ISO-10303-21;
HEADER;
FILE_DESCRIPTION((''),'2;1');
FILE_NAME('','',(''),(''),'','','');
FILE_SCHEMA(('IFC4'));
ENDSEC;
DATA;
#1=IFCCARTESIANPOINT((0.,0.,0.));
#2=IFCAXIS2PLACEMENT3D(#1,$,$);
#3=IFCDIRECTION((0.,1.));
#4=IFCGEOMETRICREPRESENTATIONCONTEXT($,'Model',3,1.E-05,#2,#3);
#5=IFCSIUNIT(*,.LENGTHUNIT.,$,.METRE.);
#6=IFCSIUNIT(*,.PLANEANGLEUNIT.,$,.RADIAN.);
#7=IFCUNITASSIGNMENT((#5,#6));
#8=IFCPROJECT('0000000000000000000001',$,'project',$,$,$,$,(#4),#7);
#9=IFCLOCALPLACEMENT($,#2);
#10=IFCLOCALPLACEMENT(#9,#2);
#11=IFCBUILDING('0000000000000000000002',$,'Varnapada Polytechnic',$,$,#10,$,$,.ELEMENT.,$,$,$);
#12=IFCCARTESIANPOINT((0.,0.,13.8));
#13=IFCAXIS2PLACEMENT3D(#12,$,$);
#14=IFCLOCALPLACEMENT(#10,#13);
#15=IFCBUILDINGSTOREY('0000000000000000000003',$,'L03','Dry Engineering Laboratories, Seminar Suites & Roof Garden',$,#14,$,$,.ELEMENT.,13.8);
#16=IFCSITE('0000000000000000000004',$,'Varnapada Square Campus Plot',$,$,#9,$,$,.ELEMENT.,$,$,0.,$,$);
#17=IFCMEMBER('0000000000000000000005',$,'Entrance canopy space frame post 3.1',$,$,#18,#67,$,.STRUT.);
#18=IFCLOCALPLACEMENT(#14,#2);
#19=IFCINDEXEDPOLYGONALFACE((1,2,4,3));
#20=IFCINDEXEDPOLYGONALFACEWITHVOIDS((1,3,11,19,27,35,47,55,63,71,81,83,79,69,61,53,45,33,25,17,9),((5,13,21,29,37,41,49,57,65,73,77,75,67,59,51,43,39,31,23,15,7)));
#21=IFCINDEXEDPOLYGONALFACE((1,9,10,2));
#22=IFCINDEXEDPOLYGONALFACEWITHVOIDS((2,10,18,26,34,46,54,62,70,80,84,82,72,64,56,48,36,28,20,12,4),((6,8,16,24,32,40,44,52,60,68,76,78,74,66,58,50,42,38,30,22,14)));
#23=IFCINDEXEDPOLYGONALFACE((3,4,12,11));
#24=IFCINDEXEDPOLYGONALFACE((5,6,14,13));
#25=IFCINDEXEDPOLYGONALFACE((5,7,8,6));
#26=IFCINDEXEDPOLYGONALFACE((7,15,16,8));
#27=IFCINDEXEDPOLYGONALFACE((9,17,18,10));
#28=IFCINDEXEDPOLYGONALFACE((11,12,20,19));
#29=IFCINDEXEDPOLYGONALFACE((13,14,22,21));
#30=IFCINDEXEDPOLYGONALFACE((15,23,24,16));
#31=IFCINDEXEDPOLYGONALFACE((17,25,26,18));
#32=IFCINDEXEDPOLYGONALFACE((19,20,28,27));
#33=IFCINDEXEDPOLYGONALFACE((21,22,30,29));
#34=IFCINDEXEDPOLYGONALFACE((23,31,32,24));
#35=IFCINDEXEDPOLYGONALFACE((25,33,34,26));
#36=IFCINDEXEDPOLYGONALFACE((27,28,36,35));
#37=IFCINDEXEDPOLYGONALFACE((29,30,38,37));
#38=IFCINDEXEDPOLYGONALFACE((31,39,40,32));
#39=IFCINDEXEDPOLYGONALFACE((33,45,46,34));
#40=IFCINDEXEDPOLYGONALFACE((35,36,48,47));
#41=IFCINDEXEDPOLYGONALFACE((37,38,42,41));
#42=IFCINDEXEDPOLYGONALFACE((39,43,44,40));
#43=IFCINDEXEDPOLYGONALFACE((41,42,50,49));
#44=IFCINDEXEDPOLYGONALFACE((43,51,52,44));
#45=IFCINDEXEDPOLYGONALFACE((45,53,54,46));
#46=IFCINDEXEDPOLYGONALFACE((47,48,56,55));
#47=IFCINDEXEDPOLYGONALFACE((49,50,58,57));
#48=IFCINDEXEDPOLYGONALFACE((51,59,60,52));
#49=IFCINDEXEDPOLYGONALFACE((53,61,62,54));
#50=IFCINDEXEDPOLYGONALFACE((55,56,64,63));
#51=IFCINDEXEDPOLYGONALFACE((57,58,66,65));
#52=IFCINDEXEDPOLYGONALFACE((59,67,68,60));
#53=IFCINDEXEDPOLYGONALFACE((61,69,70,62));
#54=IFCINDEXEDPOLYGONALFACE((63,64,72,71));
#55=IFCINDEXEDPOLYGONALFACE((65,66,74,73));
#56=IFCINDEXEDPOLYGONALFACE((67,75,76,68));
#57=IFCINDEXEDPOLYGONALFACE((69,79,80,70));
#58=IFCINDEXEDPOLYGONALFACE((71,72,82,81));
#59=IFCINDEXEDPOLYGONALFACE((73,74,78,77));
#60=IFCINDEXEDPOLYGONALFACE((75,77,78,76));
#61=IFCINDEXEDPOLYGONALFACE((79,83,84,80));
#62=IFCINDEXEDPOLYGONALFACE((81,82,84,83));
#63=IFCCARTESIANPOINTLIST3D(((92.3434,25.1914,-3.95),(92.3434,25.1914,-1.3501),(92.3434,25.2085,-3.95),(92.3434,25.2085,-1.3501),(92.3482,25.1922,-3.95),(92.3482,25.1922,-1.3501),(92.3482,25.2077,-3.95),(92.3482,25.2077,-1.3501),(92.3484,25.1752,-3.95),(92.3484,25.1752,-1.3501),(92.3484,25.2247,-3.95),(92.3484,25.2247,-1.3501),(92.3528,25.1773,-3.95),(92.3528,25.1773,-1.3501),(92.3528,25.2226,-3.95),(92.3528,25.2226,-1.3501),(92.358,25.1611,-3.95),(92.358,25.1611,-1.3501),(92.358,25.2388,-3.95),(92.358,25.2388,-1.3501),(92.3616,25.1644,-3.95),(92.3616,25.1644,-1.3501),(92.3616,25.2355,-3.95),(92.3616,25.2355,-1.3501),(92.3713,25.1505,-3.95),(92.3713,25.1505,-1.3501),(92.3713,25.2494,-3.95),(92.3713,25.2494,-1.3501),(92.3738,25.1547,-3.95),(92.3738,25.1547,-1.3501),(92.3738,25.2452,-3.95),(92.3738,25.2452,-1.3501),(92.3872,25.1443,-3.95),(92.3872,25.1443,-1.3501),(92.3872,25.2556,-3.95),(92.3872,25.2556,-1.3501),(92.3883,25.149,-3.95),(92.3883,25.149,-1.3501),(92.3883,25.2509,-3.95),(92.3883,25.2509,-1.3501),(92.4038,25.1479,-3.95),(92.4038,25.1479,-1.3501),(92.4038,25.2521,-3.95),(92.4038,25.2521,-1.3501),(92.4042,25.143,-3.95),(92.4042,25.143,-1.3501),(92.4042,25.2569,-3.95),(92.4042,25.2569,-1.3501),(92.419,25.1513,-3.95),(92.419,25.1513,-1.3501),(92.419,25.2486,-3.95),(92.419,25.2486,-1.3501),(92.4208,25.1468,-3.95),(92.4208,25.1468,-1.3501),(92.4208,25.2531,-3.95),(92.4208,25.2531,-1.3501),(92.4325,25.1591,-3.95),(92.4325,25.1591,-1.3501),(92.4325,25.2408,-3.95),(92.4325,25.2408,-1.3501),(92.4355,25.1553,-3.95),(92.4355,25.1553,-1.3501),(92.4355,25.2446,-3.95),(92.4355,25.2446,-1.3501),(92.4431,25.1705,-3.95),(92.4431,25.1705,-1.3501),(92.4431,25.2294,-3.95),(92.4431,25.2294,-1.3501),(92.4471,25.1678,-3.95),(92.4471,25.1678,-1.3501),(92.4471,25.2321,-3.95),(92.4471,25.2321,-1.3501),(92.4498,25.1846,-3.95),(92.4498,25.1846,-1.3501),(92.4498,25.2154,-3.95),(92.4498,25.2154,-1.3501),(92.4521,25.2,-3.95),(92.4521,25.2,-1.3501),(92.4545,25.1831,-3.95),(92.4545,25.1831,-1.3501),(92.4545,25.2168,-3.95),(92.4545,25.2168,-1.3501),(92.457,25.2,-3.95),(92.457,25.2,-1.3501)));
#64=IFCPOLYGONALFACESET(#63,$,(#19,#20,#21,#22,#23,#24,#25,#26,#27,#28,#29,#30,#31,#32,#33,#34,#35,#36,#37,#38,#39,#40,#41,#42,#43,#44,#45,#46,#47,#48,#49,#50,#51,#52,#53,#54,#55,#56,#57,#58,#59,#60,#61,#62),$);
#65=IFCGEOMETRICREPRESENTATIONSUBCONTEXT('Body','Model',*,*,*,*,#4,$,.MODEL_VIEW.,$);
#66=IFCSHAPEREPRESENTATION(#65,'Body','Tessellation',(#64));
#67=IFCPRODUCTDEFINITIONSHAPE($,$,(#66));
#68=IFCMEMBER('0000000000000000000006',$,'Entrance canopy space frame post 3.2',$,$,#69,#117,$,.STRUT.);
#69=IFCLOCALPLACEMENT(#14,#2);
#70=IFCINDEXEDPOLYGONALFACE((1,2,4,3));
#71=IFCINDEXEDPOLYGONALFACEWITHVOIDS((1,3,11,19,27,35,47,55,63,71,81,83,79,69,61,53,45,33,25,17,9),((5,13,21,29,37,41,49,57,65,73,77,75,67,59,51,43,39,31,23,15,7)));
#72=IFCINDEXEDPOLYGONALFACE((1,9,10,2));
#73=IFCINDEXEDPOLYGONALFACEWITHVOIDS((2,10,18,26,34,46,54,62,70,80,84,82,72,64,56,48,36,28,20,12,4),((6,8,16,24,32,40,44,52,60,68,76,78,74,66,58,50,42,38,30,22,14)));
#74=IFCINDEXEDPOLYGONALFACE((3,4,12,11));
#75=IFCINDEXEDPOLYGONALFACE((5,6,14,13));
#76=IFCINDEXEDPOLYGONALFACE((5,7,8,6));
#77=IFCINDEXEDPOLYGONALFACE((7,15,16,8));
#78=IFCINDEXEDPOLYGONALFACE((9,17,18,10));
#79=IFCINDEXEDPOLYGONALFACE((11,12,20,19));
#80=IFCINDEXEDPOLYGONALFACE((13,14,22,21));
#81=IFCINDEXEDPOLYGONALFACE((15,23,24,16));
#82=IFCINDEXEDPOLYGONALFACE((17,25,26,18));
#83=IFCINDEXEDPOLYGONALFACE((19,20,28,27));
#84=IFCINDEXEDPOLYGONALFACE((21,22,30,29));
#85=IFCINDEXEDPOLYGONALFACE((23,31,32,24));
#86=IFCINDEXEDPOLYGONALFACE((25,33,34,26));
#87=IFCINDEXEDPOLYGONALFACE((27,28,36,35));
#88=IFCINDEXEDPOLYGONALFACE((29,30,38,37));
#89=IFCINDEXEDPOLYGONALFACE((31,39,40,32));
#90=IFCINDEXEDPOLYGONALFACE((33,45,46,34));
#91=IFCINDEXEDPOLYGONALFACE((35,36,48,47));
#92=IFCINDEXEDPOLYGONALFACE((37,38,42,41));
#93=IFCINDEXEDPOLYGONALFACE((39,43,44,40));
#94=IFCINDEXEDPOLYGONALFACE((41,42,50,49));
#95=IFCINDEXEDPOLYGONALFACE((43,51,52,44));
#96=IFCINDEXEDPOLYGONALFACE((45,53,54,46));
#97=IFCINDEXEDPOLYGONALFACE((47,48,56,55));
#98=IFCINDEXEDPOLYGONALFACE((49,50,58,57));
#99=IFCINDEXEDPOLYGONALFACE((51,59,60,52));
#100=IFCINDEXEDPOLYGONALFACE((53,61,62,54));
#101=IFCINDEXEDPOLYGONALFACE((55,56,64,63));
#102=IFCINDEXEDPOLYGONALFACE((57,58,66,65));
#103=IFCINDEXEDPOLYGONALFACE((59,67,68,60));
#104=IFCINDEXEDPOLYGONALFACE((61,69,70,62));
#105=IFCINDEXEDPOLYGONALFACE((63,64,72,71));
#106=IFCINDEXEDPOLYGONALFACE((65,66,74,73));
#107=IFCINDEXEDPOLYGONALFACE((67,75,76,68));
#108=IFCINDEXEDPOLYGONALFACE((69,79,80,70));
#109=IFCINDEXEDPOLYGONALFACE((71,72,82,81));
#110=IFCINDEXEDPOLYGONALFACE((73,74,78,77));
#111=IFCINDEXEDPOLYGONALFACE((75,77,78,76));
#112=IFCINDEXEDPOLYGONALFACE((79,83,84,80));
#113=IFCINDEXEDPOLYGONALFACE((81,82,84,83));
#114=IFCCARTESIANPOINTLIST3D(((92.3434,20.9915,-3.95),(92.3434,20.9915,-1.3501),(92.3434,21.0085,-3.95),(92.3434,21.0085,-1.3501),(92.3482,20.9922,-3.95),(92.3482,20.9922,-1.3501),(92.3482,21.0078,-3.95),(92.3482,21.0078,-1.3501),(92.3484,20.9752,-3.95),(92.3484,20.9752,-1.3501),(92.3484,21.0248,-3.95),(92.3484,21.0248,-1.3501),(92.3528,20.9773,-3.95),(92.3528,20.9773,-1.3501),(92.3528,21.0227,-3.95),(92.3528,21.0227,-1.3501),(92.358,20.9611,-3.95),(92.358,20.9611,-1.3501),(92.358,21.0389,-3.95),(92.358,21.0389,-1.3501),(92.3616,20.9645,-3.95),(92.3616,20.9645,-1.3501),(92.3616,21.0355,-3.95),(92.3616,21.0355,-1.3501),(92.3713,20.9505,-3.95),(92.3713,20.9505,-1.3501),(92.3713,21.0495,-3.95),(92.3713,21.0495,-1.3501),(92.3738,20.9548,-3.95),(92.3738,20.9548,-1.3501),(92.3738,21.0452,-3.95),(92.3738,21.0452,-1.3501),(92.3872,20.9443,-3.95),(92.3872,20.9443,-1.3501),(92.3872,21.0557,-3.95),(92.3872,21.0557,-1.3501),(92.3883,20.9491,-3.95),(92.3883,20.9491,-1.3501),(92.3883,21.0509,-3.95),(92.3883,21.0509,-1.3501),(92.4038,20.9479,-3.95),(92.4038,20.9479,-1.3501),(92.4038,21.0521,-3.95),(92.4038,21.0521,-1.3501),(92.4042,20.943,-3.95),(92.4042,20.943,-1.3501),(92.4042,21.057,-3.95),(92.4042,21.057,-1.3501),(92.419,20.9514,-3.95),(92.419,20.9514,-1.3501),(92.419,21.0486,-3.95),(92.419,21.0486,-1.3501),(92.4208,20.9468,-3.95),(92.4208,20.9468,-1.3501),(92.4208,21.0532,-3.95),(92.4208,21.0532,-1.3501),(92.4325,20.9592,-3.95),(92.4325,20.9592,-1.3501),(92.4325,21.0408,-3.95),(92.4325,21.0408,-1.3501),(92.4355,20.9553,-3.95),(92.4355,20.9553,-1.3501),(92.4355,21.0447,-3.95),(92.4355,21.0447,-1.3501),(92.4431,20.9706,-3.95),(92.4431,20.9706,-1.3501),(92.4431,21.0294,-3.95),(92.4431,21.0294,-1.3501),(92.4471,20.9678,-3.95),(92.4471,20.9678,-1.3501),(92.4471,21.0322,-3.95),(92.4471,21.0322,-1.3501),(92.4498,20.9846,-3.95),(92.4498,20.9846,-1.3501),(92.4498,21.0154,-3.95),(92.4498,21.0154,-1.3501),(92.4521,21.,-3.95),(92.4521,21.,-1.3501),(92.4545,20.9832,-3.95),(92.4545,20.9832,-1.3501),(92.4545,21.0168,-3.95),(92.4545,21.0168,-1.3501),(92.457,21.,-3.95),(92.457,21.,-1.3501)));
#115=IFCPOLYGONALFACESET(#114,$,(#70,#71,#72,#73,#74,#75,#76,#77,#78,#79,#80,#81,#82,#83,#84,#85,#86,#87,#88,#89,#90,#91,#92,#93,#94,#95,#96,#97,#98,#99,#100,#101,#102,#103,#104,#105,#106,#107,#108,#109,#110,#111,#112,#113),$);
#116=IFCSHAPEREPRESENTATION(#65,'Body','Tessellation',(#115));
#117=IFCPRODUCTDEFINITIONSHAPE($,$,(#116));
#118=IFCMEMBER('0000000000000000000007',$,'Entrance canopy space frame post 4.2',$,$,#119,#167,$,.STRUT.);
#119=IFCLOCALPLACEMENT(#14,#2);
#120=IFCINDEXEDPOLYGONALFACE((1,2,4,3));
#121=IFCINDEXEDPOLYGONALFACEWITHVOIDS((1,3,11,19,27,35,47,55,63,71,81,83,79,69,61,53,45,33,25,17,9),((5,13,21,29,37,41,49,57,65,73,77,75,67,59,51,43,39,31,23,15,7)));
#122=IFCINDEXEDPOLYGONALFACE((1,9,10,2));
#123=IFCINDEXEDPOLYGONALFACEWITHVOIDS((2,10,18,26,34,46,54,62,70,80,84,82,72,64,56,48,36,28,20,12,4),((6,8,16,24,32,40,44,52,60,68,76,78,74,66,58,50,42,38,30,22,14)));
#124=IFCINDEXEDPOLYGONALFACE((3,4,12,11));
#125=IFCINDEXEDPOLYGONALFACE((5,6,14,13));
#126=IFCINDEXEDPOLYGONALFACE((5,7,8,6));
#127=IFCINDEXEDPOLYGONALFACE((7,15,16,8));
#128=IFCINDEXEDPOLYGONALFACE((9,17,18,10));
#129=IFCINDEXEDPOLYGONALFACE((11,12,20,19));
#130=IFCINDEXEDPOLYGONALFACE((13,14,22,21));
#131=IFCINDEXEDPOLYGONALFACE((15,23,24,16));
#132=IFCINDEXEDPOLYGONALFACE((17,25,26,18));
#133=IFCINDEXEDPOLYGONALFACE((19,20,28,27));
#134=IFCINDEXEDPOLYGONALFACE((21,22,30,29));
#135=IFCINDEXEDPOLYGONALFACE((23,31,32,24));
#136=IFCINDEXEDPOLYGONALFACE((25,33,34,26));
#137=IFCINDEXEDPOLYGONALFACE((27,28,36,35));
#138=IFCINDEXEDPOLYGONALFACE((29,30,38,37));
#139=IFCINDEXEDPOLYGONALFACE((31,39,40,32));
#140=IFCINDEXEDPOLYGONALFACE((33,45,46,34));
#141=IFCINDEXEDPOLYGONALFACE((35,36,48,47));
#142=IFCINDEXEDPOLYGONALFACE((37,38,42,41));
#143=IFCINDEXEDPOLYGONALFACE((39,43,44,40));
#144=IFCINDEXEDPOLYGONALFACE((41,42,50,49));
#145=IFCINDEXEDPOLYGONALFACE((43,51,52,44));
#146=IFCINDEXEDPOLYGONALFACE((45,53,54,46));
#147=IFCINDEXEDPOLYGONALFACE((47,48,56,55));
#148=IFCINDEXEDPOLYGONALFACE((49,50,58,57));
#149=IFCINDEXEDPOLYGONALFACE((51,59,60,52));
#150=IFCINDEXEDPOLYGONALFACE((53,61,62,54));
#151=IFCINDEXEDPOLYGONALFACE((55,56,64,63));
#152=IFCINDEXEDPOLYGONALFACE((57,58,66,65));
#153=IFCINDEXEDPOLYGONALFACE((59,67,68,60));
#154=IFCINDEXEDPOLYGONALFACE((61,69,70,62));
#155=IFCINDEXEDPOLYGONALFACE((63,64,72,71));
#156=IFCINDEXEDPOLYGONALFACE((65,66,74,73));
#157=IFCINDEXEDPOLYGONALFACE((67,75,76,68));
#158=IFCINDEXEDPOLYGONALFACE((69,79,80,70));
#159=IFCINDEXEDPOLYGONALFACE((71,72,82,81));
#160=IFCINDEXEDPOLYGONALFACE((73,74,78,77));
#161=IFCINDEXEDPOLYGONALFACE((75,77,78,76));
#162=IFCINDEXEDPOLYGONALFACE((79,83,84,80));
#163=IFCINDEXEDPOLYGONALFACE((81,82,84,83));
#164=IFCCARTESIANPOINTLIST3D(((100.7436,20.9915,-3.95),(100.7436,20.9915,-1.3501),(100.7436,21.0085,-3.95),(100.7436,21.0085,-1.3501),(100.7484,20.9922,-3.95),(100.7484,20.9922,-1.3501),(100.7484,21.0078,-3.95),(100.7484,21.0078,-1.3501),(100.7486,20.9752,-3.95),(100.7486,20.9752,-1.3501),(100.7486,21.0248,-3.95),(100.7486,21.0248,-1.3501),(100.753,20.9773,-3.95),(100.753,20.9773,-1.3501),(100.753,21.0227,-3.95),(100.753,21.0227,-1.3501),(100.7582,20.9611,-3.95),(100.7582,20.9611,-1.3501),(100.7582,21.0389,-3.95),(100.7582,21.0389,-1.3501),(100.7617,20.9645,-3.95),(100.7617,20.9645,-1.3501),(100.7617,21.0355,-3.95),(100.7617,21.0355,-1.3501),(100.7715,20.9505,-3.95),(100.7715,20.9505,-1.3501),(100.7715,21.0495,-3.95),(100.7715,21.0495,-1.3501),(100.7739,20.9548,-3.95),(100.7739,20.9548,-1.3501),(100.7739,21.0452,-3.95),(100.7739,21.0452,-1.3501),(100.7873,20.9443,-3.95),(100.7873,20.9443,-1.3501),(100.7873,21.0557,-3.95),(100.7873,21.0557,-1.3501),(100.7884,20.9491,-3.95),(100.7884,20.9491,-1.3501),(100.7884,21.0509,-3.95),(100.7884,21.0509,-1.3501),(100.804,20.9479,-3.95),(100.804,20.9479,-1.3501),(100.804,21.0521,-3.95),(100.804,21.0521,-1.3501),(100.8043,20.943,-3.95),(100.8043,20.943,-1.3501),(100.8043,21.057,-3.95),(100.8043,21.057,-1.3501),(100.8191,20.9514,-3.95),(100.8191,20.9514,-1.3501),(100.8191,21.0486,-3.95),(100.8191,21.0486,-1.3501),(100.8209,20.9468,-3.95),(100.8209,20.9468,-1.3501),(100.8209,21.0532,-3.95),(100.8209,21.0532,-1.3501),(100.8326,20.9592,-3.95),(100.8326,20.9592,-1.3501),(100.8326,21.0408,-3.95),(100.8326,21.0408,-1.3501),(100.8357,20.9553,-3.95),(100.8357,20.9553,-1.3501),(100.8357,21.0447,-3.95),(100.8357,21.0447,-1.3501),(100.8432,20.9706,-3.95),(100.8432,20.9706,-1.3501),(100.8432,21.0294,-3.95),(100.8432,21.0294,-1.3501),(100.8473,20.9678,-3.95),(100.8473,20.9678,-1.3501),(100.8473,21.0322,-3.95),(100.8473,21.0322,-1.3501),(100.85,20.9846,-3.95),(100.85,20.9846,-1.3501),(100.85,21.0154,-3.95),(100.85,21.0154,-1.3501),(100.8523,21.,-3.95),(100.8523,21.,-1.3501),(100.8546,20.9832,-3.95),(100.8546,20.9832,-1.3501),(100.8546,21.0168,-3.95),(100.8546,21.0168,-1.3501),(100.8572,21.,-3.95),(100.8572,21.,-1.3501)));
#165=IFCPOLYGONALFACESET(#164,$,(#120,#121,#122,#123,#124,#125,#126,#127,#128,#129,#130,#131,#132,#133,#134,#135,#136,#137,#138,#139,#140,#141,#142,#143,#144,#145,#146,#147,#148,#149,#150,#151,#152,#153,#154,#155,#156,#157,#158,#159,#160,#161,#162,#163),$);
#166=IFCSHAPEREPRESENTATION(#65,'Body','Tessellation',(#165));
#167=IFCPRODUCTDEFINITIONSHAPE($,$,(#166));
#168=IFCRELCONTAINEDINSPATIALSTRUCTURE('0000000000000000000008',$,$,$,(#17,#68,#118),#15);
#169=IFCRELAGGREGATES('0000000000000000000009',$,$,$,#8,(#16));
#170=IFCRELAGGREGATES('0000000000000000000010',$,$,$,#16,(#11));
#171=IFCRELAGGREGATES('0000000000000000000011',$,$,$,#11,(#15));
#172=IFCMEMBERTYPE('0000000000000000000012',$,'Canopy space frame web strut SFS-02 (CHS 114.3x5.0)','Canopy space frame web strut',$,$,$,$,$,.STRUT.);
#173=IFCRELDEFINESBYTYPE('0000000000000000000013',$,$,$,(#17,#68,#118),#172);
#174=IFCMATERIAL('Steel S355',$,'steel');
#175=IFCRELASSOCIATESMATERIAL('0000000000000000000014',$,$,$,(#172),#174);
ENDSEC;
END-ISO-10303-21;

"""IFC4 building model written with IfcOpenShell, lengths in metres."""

from ifc_helpers import new_model, si_unit, direction, frame, origin, origin_2d, place, context, subcontext, project, spatial, hollow_circle, extrude, material, material_profile, profile_set, type_object, element, save


model = new_model("IFC4")

# Units and contexts
model_context = context("Model", 3, precision=1e-05, world=origin(), true_north=direction((0.0, 1.0)))
body_context = subcontext(model_context, "Body", "Model", "MODEL_VIEW")
ifc_project = project(units=[si_unit("LENGTHUNIT", "METRE"), si_unit("PLANEANGLEUNIT", "RADIAN")], contexts=[model_context])

# Site, building, storey
site_placement = place(None, origin())
site = spatial("IfcSite", under=ifc_project, at=site_placement, Name="Varnapada Square Campus Plot", CompositionType="ELEMENT", RefElevation=0.0)
building_placement = place(site_placement, origin())
building = spatial("IfcBuilding", under=site, at=building_placement, Name="Varnapada Polytechnic", CompositionType="ELEMENT")
storey_placement = place(building_placement, frame((0.0, 0.0, 13.8)))
storey = spatial("IfcBuildingStorey", under=building, at=storey_placement, Name="L03", Description="Dry Engineering Laboratories, Seminar Suites & Roof Garden", CompositionType="ELEMENT", Elevation=13.8)

# Members
ifc_material = material(Name="Steel S355", Category="steel")
ifc_material_profile_1 = material_profile(ifc_material, hollow_circle(Radius=0.0571, WallThickness=0.0049, at=origin_2d()), Name="CHS 114.3x5.0")
ifc_profile_set_1 = profile_set([ifc_material_profile_1], Name="Steel S355")
member_type_1 = type_object("IfcMemberType", Name="Canopy space frame web strut SFS-02 (CHS 114.3x5.0)", Description="Canopy space frame web strut", PredefinedType="STRUT", material=ifc_profile_set_1)
for number, where, z_axis, x_axis, name in (
    (1, (92.3999, 25.2, -3.95), (0.0, 0.0, 1.0), (1.0, 0.0, 0.0), "Entrance canopy space frame post 3.1"),
    (2, (92.3999, 21.0, -3.95), (0.0, 0.0, 1.0), (1.0, 0.0, 0.0), "Entrance canopy space frame post 3.2"),
    (3, (100.8, 21.0, -3.95), (0.0, 0.0, 1.0), (1.0, 0.0, 0.0), "Entrance canopy space frame post 4.2"),
):
    element("IfcMember", number, at=place(storey_placement, frame(where, z_axis=z_axis, x_axis=x_axis)), inside=storey, type_object=member_type_1, Name=name, PredefinedType="STRUT", context=body_context, shape_type="SweptSolid", body=[
        extrude(hollow_circle(Radius=0.0571, WallThickness=0.0049, at=origin_2d()), origin(), (0.0, 0.0, 1.0), 2.5999),
    ])

save(model, "model.ifc")
